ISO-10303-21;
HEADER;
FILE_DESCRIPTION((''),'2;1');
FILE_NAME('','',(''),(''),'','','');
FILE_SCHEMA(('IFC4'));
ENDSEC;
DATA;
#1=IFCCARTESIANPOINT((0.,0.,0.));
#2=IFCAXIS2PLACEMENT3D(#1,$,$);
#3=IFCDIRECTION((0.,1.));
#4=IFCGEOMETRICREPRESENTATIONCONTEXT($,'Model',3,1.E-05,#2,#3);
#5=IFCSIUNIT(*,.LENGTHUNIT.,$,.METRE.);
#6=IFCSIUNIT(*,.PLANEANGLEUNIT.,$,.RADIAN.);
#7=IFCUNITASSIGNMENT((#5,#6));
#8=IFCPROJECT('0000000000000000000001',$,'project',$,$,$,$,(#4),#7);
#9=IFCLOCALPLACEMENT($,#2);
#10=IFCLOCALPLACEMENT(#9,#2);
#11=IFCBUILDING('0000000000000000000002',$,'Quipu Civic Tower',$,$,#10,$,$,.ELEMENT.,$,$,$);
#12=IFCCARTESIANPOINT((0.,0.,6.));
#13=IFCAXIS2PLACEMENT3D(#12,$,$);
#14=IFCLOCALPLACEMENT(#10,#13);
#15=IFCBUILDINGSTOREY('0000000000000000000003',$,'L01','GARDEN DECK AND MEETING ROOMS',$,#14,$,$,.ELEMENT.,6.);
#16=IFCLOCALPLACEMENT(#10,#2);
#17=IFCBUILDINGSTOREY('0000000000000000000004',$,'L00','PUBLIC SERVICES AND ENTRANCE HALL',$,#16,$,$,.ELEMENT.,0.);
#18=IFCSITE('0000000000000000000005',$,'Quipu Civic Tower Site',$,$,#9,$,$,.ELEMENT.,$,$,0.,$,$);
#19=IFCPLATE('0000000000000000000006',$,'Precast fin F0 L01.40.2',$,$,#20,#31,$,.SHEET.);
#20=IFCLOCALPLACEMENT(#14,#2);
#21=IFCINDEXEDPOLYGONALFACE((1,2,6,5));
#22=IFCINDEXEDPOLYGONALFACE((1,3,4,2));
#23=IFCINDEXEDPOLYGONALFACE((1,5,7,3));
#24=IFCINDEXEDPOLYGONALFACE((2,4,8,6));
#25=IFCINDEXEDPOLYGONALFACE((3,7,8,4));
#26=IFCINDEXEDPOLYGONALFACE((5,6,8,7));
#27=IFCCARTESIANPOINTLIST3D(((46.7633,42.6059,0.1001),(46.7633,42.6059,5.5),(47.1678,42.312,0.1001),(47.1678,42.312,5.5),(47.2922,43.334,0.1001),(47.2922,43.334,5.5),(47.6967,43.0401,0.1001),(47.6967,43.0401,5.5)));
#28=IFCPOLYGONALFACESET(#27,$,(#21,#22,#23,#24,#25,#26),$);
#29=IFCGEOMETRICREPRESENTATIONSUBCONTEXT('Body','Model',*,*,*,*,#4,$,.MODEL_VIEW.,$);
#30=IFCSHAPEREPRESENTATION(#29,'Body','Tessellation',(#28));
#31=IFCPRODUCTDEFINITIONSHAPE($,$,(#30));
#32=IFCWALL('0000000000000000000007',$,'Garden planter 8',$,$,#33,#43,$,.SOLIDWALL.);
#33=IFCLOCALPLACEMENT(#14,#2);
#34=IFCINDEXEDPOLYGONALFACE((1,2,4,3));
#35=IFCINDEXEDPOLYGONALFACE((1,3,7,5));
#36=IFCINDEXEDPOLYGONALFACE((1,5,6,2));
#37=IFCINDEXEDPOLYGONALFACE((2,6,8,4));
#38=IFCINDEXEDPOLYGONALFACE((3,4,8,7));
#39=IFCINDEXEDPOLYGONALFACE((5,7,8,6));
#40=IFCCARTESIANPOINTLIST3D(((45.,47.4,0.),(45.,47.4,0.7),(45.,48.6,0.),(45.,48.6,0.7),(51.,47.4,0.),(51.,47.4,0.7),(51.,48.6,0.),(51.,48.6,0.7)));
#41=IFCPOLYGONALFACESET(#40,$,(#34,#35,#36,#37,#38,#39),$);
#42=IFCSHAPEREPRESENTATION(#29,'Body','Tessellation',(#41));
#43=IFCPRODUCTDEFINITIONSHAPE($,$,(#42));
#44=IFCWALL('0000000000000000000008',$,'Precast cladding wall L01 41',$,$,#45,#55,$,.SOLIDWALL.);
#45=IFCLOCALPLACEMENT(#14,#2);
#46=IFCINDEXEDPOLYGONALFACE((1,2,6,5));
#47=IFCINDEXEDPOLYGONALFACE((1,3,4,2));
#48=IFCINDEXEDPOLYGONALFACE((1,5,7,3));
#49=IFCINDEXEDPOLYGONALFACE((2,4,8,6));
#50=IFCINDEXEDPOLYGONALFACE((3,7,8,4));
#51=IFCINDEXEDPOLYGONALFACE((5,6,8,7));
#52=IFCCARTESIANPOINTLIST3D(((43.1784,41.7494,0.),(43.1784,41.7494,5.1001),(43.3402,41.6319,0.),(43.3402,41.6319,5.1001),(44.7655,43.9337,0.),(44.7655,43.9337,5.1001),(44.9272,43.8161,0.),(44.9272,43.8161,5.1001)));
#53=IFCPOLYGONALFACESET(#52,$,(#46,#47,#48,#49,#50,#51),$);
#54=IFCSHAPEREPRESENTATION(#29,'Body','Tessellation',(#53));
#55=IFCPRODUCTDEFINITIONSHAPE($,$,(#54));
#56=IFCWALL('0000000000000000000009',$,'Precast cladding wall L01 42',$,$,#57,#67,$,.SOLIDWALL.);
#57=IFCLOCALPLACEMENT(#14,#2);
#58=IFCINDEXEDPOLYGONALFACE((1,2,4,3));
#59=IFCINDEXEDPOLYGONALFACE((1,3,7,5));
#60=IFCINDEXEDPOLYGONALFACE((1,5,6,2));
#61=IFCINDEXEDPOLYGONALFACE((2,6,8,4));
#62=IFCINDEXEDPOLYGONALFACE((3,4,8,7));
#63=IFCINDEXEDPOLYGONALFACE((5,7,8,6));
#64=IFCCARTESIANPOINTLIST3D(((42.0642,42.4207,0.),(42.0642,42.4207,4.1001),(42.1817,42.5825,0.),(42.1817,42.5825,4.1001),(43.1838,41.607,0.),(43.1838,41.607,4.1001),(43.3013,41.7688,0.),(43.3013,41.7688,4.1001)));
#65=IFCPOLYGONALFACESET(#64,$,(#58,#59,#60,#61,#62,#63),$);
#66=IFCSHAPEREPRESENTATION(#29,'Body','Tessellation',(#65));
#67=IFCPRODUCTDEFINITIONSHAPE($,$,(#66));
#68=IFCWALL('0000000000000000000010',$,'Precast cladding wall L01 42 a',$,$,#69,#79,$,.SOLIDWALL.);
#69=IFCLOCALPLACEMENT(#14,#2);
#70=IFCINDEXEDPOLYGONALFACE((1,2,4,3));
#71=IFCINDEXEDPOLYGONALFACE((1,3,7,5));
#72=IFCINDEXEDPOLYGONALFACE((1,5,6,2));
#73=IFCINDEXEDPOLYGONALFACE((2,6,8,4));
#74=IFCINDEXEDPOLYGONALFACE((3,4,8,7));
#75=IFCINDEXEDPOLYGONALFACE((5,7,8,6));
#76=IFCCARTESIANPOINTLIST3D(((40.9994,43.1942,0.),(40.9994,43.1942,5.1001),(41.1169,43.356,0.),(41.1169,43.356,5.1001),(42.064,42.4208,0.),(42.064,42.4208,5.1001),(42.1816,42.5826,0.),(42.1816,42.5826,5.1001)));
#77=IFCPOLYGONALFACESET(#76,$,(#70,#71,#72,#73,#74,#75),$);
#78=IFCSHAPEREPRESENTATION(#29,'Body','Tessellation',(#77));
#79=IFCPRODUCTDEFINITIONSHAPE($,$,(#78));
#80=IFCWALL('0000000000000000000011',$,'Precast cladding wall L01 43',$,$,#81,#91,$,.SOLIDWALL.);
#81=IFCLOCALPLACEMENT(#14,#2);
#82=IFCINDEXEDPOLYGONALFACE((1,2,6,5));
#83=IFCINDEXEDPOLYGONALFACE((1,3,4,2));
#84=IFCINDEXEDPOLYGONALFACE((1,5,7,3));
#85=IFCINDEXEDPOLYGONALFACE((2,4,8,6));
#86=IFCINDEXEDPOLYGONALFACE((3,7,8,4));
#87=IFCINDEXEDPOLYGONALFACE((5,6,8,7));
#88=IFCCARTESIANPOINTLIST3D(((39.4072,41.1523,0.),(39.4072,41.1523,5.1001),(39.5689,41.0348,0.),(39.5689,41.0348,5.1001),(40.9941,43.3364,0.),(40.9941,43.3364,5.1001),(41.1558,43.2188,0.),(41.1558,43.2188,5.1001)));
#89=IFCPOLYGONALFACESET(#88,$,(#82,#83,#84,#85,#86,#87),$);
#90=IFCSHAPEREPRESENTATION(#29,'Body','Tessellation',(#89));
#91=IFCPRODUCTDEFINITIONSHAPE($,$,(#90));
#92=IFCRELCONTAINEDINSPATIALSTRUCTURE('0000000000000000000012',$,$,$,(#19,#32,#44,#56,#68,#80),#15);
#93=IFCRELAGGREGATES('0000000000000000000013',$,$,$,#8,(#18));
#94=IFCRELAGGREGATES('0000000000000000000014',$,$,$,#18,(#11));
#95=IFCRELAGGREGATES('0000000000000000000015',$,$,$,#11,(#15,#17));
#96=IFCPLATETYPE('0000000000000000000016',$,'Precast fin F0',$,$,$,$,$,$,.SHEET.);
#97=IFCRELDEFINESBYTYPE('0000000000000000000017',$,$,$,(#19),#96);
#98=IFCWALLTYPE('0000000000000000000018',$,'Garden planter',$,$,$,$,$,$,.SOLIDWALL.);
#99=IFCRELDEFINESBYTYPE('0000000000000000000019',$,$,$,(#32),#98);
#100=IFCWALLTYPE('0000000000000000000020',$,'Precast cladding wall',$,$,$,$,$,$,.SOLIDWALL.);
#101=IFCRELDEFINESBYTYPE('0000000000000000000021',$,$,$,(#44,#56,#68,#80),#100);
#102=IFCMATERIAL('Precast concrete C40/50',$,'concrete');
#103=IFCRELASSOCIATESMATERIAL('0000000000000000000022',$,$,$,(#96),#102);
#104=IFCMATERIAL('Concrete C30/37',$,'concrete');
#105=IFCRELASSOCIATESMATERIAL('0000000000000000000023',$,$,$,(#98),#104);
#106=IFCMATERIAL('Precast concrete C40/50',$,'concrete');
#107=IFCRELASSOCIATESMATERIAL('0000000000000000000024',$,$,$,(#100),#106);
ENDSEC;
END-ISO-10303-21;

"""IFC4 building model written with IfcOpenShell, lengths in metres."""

from ifc_helpers import new_model, si_unit, direction, frame, frame_2d, origin, origin_2d, place, context, subcontext, project, spatial, rectangle, extrude, material, type_object, element, save


model = new_model("IFC4")

# Units and contexts
model_context = context("Model", 3, precision=1e-05, world=origin(), true_north=direction((0.0, 1.0)))
body_context = subcontext(model_context, "Body", "Model", "MODEL_VIEW")
ifc_project = project(units=[si_unit("LENGTHUNIT", "METRE"), si_unit("PLANEANGLEUNIT", "RADIAN")], contexts=[model_context])

# Site, building, storey
site_placement = place(None, origin())
site = spatial("IfcSite", under=ifc_project, at=site_placement, Name="Quipu Civic Tower Site", CompositionType="ELEMENT", RefElevation=0.0)
building_placement = place(site_placement, origin())
building = spatial("IfcBuilding", under=site, at=building_placement, Name="Quipu Civic Tower", CompositionType="ELEMENT")
storey_1_placement = place(building_placement, frame((0.0, 0.0, 6.0)))
storey_1 = spatial("IfcBuildingStorey", under=building, at=storey_1_placement, Name="L01", Description="GARDEN DECK AND MEETING ROOMS", CompositionType="ELEMENT", Elevation=6.0)

# Shared definitions
storey_2_placement = place(building_placement, origin())
storey_2 = spatial("IfcBuildingStorey", under=building, at=storey_2_placement, Name="L00", Description="PUBLIC SERVICES AND ENTRANCE HALL", CompositionType="ELEMENT", Elevation=0.0)

# Plate
ifc_material_1 = material(Name="Precast concrete C40/50", Category="concrete")
plate_type_1 = type_object("IfcPlateType", Name="Precast fin F0", PredefinedType="SHEET", material=ifc_material_1)
for number, where, z_axis, x_axis, name in (
    (1, (47.23, 42.823, 0.1001), (0.0, 0.0, 1.0), (-0.809021, 0.587779, 0.0), "Precast fin F0 L01.40.2"),
):
    element("IfcPlate", number, at=place(storey_1_placement, frame(where, z_axis=z_axis, x_axis=x_axis)), inside=storey_1, type_object=plate_type_1, Name=name, PredefinedType="SHEET", context=body_context, shape_type="SweptSolid", body=[
        extrude(rectangle(XDim=0.5, YDim=0.8999, at=origin_2d()), origin(), (0.0, 0.0, 1.0), 5.3999),
    ])

# Walls
ifc_material_2 = material(Name="Concrete C30/37", Category="concrete")
wall_type_1 = type_object("IfcWallType", Name="Garden planter", PredefinedType="SOLIDWALL", material=ifc_material_2)
wall_1_placement = place(storey_1_placement, frame((45.0, 48.0, 0.0), z_axis=(0.0, 0.0, 1.0), x_axis=(1.0, 0.0, 0.0)))
element("IfcWall", 2, at=wall_1_placement, inside=storey_1, type_object=wall_type_1, Name="Garden planter 8", PredefinedType="SOLIDWALL", context=body_context, shape_type="SweptSolid", body=[
    extrude(rectangle(XDim=6.0, YDim=1.2, at=frame_2d((3.0, 0.0))), origin(), (0.0, 0.0, 1.0), 0.7),
])
ifc_material_3 = material(Name="Precast concrete C40/50", Category="concrete")
wall_type_2 = type_object("IfcWallType", Name="Precast cladding wall", PredefinedType="SOLIDWALL", material=ifc_material_3)
wall_2_placement = place(storey_1_placement, frame((44.8464, 43.875, 0.0), z_axis=(0.0, 0.0, 1.0), x_axis=(-0.587822, -0.80899, 0.0)))
element("IfcWall", 3, at=wall_2_placement, inside=storey_1, type_object=wall_type_2, Name="Precast cladding wall L01 41", PredefinedType="SOLIDWALL", context=body_context, shape_type="SweptSolid", body=[
    extrude(rectangle(XDim=2.7, YDim=0.2, at=frame_2d((1.3501, 0.0))), origin(), (0.0, 0.0, 1.0), 5.1001),
])
wall_3_placement = place(storey_1_placement, frame((43.2424, 41.688, 0.0), z_axis=(0.0, 0.0, 1.0), x_axis=(-0.808927, 0.587909, 0.0)))
element("IfcWall", 4, at=wall_3_placement, inside=storey_1, type_object=wall_type_2, Name="Precast cladding wall L01 42", PredefinedType="SOLIDWALL", context=body_context, shape_type="SweptSolid", body=[
    extrude(rectangle(XDim=1.384, YDim=0.2, at=frame_2d((0.6919, 0.0))), origin(), (0.0, 0.0, 1.0), 4.1001),
])
wall_4_placement = place(storey_1_placement, frame((42.1228, 42.5017, 0.0), z_axis=(0.0, 0.0, 1.0), x_axis=(-0.809057, 0.58773, 0.0)))
element("IfcWall", 5, at=wall_4_placement, inside=storey_1, type_object=wall_type_2, Name="Precast cladding wall L01 42 a", PredefinedType="SOLIDWALL", context=body_context, shape_type="SweptSolid", body=[
    extrude(rectangle(XDim=1.3159, YDim=0.2, at=frame_2d((0.658, 0.0))), origin(), (0.0, 0.0, 1.0), 5.1001),
])
wall_5_placement = place(storey_1_placement, frame((41.075, 43.2776, 0.0), z_axis=(0.0, 0.0, 1.0), x_axis=(-0.587806, -0.809002, 0.0)))
element("IfcWall", 6, at=wall_5_placement, inside=storey_1, type_object=wall_type_2, Name="Precast cladding wall L01 43", PredefinedType="SOLIDWALL", context=body_context, shape_type="SweptSolid", body=[
    extrude(rectangle(XDim=2.6997, YDim=0.2, at=frame_2d((1.3499, 0.0))), origin(), (0.0, 0.0, 1.0), 5.1001),
])

save(model, "model.ifc")
